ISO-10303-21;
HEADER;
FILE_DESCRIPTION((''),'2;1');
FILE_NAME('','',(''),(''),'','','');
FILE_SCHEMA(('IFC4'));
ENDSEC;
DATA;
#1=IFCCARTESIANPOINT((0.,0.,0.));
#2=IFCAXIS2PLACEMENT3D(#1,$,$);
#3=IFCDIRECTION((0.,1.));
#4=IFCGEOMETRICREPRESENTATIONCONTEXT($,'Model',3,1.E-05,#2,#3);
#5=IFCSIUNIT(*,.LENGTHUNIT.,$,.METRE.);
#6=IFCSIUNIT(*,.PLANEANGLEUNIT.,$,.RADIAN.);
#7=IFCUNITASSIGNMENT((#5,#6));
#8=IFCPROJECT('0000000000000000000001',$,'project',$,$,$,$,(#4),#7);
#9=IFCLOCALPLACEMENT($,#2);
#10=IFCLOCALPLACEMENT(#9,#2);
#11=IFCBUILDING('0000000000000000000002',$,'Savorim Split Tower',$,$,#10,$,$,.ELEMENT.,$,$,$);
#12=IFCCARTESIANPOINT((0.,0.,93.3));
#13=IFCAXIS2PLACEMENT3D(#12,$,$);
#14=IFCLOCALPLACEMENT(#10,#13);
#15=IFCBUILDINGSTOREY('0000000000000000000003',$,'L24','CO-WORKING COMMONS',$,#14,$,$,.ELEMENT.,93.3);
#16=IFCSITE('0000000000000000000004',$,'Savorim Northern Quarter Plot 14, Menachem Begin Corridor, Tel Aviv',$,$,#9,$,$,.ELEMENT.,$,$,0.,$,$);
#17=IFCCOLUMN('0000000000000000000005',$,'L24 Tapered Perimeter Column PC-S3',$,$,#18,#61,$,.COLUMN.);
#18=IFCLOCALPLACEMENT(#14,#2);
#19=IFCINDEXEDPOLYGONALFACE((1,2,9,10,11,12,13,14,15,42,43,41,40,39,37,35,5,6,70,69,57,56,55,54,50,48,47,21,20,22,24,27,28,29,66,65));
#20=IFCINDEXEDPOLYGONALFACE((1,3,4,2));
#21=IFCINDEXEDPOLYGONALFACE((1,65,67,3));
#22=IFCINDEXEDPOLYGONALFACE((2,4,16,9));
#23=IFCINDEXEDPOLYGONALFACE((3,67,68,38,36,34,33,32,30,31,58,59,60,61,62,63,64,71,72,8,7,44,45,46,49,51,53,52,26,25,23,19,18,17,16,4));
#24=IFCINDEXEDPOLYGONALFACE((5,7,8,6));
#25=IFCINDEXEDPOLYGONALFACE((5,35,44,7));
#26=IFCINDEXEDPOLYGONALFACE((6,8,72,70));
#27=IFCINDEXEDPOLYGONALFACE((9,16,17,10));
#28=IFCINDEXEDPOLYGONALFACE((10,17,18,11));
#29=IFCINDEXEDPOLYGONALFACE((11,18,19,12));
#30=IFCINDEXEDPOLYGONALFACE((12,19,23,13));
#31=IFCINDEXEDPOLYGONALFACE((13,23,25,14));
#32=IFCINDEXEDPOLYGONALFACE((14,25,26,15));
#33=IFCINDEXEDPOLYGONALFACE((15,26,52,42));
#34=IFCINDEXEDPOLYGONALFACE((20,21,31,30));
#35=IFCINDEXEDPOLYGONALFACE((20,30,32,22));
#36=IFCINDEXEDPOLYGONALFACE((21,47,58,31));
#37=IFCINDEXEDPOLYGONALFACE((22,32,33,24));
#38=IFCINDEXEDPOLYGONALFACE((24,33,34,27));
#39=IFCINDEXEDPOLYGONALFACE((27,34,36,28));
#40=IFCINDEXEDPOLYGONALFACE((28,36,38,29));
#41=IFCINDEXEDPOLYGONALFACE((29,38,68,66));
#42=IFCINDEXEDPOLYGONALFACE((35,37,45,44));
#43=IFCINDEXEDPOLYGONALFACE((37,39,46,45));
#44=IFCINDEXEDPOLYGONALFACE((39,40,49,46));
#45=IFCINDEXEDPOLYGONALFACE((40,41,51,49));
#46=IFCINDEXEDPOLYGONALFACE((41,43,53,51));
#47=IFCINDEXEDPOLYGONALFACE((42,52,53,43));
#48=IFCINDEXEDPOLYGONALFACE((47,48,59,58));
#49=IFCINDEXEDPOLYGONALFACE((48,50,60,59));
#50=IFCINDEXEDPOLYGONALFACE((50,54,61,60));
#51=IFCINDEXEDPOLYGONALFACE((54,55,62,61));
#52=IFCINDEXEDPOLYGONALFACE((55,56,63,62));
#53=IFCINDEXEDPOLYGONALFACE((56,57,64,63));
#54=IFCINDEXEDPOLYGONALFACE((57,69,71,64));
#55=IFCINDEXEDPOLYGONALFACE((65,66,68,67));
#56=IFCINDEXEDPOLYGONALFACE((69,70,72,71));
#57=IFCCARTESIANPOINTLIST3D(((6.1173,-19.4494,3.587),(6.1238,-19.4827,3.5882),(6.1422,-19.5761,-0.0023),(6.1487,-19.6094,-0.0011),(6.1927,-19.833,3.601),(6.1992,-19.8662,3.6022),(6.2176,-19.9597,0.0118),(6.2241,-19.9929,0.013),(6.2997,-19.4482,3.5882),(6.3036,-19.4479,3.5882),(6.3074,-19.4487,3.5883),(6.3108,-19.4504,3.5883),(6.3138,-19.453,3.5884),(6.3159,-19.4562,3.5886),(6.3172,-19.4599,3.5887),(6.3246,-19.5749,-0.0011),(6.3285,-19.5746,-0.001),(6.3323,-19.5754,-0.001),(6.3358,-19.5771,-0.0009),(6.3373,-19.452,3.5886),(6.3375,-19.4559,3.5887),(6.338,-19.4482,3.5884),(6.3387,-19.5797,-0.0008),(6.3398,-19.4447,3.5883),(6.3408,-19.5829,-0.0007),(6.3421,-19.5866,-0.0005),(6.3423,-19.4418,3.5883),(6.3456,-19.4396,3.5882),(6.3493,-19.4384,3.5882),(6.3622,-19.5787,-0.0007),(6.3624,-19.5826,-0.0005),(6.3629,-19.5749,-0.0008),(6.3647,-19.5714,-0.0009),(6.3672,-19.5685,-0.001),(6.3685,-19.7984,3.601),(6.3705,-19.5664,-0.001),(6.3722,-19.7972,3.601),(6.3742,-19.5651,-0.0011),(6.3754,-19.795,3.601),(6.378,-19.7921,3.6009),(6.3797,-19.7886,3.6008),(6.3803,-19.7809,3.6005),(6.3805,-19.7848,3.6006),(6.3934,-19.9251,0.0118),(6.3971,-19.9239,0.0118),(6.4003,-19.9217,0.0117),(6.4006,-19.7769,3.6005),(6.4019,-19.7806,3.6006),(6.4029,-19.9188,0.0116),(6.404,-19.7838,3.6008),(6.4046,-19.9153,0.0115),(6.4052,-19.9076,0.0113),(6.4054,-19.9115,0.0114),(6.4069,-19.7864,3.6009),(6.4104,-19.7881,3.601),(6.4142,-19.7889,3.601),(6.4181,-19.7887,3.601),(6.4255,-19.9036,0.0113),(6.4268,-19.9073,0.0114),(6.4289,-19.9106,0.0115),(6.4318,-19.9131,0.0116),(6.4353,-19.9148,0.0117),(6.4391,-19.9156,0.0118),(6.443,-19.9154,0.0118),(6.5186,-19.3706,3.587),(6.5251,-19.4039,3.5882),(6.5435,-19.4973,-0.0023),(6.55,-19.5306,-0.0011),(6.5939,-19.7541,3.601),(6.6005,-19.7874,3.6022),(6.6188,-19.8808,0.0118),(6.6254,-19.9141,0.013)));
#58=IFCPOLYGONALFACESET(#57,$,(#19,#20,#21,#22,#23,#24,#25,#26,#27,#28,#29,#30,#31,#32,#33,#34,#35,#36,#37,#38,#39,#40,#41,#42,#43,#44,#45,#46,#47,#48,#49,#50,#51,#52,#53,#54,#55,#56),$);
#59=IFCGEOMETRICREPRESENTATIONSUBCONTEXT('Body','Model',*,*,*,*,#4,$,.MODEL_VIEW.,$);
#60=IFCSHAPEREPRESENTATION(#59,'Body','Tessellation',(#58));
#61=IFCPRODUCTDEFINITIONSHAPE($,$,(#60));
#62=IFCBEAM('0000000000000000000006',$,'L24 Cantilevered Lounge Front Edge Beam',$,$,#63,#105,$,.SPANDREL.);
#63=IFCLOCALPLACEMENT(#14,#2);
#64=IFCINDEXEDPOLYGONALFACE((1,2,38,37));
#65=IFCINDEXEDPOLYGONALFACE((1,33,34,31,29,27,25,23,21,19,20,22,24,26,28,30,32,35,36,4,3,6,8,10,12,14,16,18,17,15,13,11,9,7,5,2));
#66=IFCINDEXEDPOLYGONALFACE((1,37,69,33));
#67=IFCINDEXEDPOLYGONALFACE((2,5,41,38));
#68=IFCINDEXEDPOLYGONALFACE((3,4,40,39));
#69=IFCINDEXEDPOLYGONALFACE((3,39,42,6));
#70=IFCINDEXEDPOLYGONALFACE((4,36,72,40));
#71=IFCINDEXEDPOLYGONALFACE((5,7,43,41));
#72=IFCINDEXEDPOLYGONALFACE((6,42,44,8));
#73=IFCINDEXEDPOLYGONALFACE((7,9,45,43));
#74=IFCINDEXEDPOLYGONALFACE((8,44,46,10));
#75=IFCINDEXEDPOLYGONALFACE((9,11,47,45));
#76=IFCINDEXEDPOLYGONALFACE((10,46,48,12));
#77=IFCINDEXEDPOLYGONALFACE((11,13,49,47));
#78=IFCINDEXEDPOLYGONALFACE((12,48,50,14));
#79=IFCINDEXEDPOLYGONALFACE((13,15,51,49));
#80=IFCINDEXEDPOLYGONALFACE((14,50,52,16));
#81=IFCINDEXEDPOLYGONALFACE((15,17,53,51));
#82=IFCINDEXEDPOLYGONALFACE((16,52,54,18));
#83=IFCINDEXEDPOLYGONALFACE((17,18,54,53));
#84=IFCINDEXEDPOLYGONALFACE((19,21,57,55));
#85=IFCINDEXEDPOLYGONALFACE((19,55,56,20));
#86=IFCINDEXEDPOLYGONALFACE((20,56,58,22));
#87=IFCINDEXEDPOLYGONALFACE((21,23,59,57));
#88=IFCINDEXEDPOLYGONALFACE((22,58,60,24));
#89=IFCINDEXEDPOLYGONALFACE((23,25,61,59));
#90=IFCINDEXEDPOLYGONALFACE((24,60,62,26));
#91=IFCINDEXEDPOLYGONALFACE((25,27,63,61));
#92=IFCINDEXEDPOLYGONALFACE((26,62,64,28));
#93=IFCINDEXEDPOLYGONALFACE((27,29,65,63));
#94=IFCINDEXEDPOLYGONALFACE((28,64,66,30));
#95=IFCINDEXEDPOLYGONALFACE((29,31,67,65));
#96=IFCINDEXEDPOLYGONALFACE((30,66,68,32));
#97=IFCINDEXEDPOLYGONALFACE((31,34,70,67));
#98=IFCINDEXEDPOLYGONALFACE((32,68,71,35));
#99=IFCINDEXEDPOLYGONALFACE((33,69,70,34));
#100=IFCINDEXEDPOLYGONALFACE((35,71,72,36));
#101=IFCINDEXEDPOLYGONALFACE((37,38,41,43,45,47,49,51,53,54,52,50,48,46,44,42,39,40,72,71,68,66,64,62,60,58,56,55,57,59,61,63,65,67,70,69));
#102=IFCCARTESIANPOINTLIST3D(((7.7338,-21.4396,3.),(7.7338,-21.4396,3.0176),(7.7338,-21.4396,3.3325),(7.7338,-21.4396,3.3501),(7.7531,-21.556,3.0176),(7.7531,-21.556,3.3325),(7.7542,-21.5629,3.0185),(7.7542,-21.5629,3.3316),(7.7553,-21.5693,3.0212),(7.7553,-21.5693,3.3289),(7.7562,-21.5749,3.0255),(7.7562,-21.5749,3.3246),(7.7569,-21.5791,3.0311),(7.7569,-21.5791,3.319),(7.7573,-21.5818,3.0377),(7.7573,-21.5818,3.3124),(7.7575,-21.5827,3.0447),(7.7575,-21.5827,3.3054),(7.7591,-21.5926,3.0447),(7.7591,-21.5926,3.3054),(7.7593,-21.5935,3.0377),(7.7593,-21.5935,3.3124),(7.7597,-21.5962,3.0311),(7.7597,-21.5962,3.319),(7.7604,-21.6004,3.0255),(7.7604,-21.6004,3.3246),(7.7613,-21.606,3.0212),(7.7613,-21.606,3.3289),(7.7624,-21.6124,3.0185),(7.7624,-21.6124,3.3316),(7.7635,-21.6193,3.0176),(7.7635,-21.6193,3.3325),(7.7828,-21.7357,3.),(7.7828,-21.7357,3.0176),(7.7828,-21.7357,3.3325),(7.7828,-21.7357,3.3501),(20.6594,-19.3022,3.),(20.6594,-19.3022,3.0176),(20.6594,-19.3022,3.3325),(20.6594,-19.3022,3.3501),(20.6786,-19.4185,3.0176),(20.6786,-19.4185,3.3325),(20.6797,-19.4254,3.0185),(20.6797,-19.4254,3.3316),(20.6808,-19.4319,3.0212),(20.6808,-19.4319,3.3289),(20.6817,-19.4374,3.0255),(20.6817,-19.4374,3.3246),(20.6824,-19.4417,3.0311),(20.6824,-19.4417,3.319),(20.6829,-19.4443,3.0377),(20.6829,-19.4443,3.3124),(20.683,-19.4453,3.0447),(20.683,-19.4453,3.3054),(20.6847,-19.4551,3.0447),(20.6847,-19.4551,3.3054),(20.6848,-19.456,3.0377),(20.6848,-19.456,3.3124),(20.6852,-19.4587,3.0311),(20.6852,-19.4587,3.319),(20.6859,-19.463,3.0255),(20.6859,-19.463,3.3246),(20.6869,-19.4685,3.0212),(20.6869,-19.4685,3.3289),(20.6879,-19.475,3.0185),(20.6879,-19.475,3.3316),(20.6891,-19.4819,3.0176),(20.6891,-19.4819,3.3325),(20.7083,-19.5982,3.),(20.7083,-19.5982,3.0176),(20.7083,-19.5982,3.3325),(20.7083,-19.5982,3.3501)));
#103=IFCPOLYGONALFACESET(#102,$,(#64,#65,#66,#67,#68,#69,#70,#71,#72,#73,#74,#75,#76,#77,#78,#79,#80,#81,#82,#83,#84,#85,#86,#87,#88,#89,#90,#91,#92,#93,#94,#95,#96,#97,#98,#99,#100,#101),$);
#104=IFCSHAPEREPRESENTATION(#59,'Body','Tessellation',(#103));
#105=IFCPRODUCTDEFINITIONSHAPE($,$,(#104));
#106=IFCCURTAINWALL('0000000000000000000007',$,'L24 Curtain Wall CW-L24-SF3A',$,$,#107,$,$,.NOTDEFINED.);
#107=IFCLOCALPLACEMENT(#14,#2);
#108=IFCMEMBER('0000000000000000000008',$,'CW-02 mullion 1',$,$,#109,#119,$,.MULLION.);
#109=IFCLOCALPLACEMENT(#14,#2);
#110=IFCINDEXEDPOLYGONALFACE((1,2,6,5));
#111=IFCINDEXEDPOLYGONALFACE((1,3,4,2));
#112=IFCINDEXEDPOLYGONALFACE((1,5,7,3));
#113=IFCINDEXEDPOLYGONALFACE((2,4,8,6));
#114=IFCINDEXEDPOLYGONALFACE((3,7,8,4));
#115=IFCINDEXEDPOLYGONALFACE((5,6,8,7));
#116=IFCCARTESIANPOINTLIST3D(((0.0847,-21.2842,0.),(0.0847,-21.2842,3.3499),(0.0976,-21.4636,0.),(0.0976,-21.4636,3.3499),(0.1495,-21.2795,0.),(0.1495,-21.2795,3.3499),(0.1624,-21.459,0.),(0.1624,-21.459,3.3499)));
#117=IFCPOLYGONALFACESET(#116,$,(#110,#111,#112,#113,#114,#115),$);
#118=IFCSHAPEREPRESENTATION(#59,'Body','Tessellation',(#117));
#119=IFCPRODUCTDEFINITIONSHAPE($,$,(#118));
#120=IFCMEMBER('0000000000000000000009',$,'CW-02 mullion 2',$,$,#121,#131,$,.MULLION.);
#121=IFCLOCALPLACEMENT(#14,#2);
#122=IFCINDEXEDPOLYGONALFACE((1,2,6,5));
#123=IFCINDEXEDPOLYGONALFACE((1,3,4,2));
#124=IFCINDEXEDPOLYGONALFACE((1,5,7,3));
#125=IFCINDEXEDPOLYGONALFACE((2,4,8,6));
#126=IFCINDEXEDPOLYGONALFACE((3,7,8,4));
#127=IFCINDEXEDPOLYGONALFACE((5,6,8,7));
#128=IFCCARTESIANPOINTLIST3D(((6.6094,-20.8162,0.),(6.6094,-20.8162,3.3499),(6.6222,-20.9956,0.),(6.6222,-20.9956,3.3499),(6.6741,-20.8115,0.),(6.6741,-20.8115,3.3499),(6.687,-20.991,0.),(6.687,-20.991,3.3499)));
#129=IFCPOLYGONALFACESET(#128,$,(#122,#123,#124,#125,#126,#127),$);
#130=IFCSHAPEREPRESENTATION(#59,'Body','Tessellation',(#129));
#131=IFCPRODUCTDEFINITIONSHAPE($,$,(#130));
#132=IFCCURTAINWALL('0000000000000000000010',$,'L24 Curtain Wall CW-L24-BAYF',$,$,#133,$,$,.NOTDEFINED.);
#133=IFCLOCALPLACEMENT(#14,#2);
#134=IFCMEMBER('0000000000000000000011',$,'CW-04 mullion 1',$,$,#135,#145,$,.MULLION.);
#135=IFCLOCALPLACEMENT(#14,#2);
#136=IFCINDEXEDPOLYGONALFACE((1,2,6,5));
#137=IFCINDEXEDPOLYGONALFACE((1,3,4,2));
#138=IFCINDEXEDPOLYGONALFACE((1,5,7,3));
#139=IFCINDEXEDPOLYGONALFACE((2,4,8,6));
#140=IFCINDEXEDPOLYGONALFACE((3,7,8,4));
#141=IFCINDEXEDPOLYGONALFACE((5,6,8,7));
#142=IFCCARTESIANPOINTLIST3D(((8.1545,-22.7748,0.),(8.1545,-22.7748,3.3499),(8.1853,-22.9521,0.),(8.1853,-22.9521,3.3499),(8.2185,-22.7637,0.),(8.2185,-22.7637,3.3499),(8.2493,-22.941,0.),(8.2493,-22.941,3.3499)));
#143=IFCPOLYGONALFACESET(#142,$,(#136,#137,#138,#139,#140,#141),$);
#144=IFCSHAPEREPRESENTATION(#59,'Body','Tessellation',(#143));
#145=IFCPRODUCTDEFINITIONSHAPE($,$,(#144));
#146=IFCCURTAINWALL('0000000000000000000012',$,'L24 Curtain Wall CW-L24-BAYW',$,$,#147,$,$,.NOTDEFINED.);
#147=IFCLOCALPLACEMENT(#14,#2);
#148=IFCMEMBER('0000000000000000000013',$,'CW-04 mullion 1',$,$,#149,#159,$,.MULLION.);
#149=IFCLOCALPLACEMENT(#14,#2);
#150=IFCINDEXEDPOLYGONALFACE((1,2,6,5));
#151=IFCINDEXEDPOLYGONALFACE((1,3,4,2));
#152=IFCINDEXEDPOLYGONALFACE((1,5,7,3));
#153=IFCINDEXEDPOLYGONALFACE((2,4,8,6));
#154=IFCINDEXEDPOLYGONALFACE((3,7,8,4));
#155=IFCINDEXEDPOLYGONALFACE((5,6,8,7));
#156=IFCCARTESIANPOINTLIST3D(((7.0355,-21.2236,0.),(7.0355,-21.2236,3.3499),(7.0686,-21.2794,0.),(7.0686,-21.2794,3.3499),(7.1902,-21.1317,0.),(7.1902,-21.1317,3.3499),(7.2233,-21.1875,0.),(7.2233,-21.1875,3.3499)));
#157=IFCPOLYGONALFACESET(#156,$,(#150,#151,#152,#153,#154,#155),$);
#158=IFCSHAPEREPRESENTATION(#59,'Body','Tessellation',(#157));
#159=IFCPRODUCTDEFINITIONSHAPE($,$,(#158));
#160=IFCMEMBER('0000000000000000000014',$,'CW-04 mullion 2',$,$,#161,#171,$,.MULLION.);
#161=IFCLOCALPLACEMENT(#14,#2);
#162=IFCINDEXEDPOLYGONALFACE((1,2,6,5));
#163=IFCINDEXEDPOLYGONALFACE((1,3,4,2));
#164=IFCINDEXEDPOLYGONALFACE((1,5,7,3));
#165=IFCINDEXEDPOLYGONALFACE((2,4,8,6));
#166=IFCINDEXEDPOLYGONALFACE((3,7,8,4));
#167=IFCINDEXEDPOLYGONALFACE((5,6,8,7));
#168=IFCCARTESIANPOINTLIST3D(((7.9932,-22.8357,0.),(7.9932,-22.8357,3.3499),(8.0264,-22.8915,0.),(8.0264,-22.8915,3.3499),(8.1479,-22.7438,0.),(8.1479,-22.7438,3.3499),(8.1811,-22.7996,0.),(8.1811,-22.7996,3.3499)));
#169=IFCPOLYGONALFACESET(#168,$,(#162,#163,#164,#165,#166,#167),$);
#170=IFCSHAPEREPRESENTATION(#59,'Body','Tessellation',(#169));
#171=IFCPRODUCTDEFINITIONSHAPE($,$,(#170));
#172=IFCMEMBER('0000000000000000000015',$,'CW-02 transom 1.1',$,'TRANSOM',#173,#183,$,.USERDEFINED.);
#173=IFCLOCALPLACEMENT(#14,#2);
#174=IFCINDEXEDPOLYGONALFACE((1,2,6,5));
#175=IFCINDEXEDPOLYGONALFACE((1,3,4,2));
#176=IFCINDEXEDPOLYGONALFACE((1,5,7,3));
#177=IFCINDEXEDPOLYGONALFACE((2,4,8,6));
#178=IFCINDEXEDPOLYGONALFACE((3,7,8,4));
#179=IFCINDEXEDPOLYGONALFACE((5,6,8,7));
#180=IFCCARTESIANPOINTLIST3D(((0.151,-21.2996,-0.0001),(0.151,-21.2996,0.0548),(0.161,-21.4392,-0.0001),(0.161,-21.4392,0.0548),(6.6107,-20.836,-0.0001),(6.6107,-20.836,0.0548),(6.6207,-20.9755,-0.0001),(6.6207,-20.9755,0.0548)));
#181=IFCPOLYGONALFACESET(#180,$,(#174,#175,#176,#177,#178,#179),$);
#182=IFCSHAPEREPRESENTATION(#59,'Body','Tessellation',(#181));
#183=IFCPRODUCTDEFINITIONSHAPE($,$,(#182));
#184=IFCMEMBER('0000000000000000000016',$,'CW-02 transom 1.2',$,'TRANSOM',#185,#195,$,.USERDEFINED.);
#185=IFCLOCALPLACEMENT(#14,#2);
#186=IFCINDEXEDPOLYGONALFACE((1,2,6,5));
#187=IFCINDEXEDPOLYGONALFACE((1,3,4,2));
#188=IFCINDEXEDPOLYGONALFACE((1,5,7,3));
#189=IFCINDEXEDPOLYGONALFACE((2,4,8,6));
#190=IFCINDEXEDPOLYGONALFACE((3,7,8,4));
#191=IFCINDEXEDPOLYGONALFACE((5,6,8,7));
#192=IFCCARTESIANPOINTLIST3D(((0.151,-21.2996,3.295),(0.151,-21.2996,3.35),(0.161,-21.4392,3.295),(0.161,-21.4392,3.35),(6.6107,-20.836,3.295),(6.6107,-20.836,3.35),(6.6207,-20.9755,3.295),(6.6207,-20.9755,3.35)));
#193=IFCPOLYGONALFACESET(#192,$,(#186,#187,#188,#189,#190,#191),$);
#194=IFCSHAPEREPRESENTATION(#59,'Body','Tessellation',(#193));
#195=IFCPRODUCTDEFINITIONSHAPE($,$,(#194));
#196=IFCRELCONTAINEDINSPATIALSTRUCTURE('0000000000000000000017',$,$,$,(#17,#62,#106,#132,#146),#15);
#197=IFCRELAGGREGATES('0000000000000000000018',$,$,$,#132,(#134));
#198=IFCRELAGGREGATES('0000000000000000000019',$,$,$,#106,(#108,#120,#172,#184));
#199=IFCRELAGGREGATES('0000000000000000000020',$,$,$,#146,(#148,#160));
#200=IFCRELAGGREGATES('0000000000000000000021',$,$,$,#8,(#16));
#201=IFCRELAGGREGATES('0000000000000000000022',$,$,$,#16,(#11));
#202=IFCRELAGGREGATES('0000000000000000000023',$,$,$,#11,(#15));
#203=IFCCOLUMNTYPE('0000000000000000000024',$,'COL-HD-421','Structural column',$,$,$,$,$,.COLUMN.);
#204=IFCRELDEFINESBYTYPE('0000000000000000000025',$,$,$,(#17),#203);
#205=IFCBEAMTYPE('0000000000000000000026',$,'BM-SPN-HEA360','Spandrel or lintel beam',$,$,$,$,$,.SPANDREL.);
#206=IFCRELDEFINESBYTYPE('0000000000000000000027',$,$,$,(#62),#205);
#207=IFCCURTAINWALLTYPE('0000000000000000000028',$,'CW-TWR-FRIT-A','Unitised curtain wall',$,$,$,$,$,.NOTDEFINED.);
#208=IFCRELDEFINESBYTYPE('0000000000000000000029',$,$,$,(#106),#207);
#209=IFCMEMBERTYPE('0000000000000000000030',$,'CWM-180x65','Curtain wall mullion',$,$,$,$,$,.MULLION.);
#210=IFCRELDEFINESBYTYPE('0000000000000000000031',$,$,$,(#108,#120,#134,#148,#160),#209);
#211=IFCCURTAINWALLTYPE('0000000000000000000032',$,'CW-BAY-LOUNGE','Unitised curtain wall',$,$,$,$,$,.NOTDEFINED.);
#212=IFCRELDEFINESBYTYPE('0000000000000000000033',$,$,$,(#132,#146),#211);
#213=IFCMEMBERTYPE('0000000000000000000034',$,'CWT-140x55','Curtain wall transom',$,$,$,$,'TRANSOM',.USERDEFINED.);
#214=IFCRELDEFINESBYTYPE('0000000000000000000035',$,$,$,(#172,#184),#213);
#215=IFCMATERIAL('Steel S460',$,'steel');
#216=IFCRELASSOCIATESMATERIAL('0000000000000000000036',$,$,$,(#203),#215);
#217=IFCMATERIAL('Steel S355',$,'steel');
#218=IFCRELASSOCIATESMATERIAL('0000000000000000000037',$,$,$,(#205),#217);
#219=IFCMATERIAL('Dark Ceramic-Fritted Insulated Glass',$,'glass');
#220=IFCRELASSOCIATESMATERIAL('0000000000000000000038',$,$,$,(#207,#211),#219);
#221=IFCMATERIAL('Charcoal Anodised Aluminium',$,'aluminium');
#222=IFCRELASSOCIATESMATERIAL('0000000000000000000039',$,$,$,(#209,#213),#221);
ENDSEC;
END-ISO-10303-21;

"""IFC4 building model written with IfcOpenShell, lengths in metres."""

from ifc_helpers import new_model, si_unit, direction, frame, origin, origin_2d, place, context, subcontext, project, spatial, rectangle, i_section, extrude, material, material_profile, profile_set, type_object, element, aggregate, save


model = new_model("IFC4")

# Units and contexts
model_context = context("Model", 3, precision=1e-05, world=origin(), true_north=direction((0.0, 1.0)))
body_context = subcontext(model_context, "Body", "Model", "MODEL_VIEW")
ifc_project = project(units=[si_unit("LENGTHUNIT", "METRE"), si_unit("PLANEANGLEUNIT", "RADIAN")], contexts=[model_context])

# Site, building, storey
site_placement = place(None, origin())
site = spatial("IfcSite", under=ifc_project, at=site_placement, Name="Savorim Northern Quarter Plot 14, Menachem Begin Corridor, Tel Aviv", CompositionType="ELEMENT", RefElevation=0.0)
building_placement = place(site_placement, origin())
building = spatial("IfcBuilding", under=site, at=building_placement, Name="Savorim Split Tower", CompositionType="ELEMENT")
storey_placement = place(building_placement, frame((0.0, 0.0, 93.3)))
storey = spatial("IfcBuildingStorey", under=building, at=storey_placement, Name="L24", Description="CO-WORKING COMMONS", CompositionType="ELEMENT", Elevation=93.3)

# Column
ifc_material_1 = material(Name="Steel S460", Category="steel")
ifc_material_profile_1 = material_profile(ifc_material_1, i_section(OverallWidth=0.4089, OverallDepth=0.425, WebThickness=0.0208, FlangeThickness=0.0339, FilletRadius=0.0149, at=origin_2d()), Name="HD 400x421")
ifc_profile_set_1 = profile_set([ifc_material_profile_1], Name="Steel S460")
column_type = type_object("IfcColumnType", Name="COL-HD-421", Description="Structural column", PredefinedType="COLUMN", material=ifc_profile_set_1)
column_placement = place(storey_placement, frame((6.3838, -19.7451, 0.0054), z_axis=(-0.006934, 0.035281, 0.999353), x_axis=(-0.98123, -0.192843, 0.0)))
element("IfcColumn", 1, at=column_placement, inside=storey, type_object=column_type, Name="L24 Tapered Perimeter Column PC-S3", PredefinedType="COLUMN", context=body_context, shape_type="SweptSolid", body=[
    extrude(i_section(OverallWidth=0.4089, OverallDepth=0.425, WebThickness=0.0208, FlangeThickness=0.0339, FilletRadius=0.0149, at=origin_2d()), origin(), (0.0, 0.0, 1.0), 3.5916),
])

# Beam
ifc_material_2 = material(Name="Steel S355", Category="steel")
ifc_material_profile_2 = material_profile(ifc_material_2, i_section(OverallWidth=0.3, OverallDepth=0.3501, WebThickness=0.01, FlangeThickness=0.0176, FilletRadius=0.0271, at=origin_2d()), Name="HEA 360")
ifc_profile_set_2 = profile_set([ifc_material_profile_2], Name="Steel S355")
beam_type = type_object("IfcBeamType", Name="BM-SPN-HEA360", Description="Spandrel or lintel beam", PredefinedType="SPANDREL", material=ifc_profile_set_2)
beam_placement = place(storey_placement, frame((7.7583, -21.5876, 3.175), z_axis=(0.986601, 0.163151, 0.0), x_axis=(-0.163151, 0.986601, 0.0)))
element("IfcBeam", 2, at=beam_placement, inside=storey, type_object=beam_type, Name="L24 Cantilevered Lounge Front Edge Beam", PredefinedType="SPANDREL", context=body_context, shape_type="SweptSolid", body=[
    extrude(i_section(OverallWidth=0.3, OverallDepth=0.3501, WebThickness=0.01, FlangeThickness=0.0176, FilletRadius=0.0271, at=origin_2d()), origin(), (0.0, 0.0, 1.0), 13.1011),
])

# Curtain wall, members
ifc_material_3 = material(Name="Dark Ceramic-Fritted Insulated Glass", Category="glass")
curtain_wall_type_1 = type_object("IfcCurtainWallType", Name="CW-TWR-FRIT-A", Description="Unitised curtain wall", PredefinedType="NOTDEFINED", material=ifc_material_3)
curtain_wall_1_placement = place(storey_placement, origin())
curtain_wall_1 = element("IfcCurtainWall", 3, at=curtain_wall_1_placement, inside=storey, type_object=curtain_wall_type_1, Name="L24 Curtain Wall CW-L24-SF3A", PredefinedType="NOTDEFINED")
ifc_material_4 = material(Name="Charcoal Anodised Aluminium", Category="aluminium")
ifc_material_profile_3 = material_profile(ifc_material_4, rectangle(XDim=0.1799, YDim=0.0649, at=origin_2d()), Name="ALU-M 180x65")
ifc_profile_set_3 = profile_set([ifc_material_profile_3], Name="Charcoal Anodised Aluminium")
member_type_1 = type_object("IfcMemberType", Name="CWM-180x65", Description="Curtain wall mullion", PredefinedType="MULLION", material=ifc_profile_set_3)
member_1_placement = place(storey_placement, frame((0.1235, -21.3716, 0.0), z_axis=(0.0, 0.0, 1.0), x_axis=(-0.071569, 0.997436, 0.0)))
member_1 = element("IfcMember", 4, at=member_1_placement, type_object=member_type_1, Name="CW-02 mullion 1", PredefinedType="MULLION", context=body_context, shape_type="SweptSolid", body=[
    extrude(rectangle(XDim=0.1799, YDim=0.0649, at=origin_2d()), origin(), (0.0, 0.0, 1.0), 3.3499),
])
member_2_placement = place(storey_placement, frame((6.6482, -20.9036, 0.0), z_axis=(0.0, 0.0, 1.0), x_axis=(-0.071569, 0.997436, 0.0)))
member_2 = element("IfcMember", 5, at=member_2_placement, type_object=member_type_1, Name="CW-02 mullion 2", PredefinedType="MULLION", context=body_context, shape_type="SweptSolid", body=[
    extrude(rectangle(XDim=0.1799, YDim=0.0649, at=origin_2d()), origin(), (0.0, 0.0, 1.0), 3.3499),
])

# Curtain wall, member
curtain_wall_type_2 = type_object("IfcCurtainWallType", Name="CW-BAY-LOUNGE", Description="Unitised curtain wall", PredefinedType="NOTDEFINED", material=ifc_material_3)
curtain_wall_2_placement = place(storey_placement, origin())
curtain_wall_2 = element("IfcCurtainWall", 6, at=curtain_wall_2_placement, inside=storey, type_object=curtain_wall_type_2, Name="L24 Curtain Wall CW-L24-BAYF", PredefinedType="NOTDEFINED")
member_3_placement = place(storey_placement, frame((8.2019, -22.8579, 0.0), z_axis=(0.0, 0.0, 1.0), x_axis=(-0.171191, 0.985238, 0.0)))
member_3 = element("IfcMember", 7, at=member_3_placement, type_object=member_type_1, Name="CW-04 mullion 1", PredefinedType="MULLION", context=body_context, shape_type="SweptSolid", body=[
    extrude(rectangle(XDim=0.1799, YDim=0.0649, at=origin_2d()), origin(), (0.0, 0.0, 1.0), 3.3499),
])

# Curtain wall, members
curtain_wall_3_placement = place(storey_placement, origin())
curtain_wall_3 = element("IfcCurtainWall", 8, at=curtain_wall_3_placement, inside=storey, type_object=curtain_wall_type_2, Name="L24 Curtain Wall CW-L24-BAYW", PredefinedType="NOTDEFINED")
member_4_placement = place(storey_placement, frame((7.1294, -21.2056, 0.0), z_axis=(0.0, 0.0, 1.0), x_axis=(0.859722, 0.510761, 0.0)))
member_4 = element("IfcMember", 9, at=member_4_placement, type_object=member_type_1, Name="CW-04 mullion 1", PredefinedType="MULLION", context=body_context, shape_type="SweptSolid", body=[
    extrude(rectangle(XDim=0.1799, YDim=0.0649, at=origin_2d()), origin(), (0.0, 0.0, 1.0), 3.3499),
])
member_5_placement = place(storey_placement, frame((8.0872, -22.8176, 0.0), z_axis=(0.0, 0.0, 1.0), x_axis=(0.859722, 0.510761, 0.0)))
member_5 = element("IfcMember", 10, at=member_5_placement, type_object=member_type_1, Name="CW-04 mullion 2", PredefinedType="MULLION", context=body_context, shape_type="SweptSolid", body=[
    extrude(rectangle(XDim=0.1799, YDim=0.0649, at=origin_2d()), origin(), (0.0, 0.0, 1.0), 3.3499),
])

# Members
ifc_material_profile_4 = material_profile(ifc_material_4, rectangle(XDim=0.1399, YDim=0.0549, at=origin_2d()), Name="ALU-T 140x55")
ifc_profile_set_4 = profile_set([ifc_material_profile_4], Name="Charcoal Anodised Aluminium")
member_type_2 = type_object("IfcMemberType", Name="CWT-140x55", Description="Curtain wall transom", ElementType="TRANSOM", PredefinedType="USERDEFINED", material=ifc_profile_set_4)
member_6_placement = place(storey_placement, frame((0.156, -21.3694, 0.0273), z_axis=(0.997434, 0.071587, 0.0), x_axis=(-0.071587, 0.997434, 0.0)))
member_6 = element("IfcMember", 11, at=member_6_placement, type_object=member_type_2, Name="CW-02 transom 1.1", ObjectType="TRANSOM", PredefinedType="USERDEFINED", context=body_context, shape_type="SweptSolid", body=[
    extrude(rectangle(XDim=0.1399, YDim=0.0549, at=origin_2d()), origin(), (0.0, 0.0, 1.0), 6.4763),
])
member_7_placement = place(storey_placement, frame((0.156, -21.3694, 3.3225), z_axis=(0.997434, 0.071587, 0.0), x_axis=(-0.071587, 0.997434, 0.0)))
member_7 = element("IfcMember", 12, at=member_7_placement, type_object=member_type_2, Name="CW-02 transom 1.2", ObjectType="TRANSOM", PredefinedType="USERDEFINED", context=body_context, shape_type="SweptSolid", body=[
    extrude(rectangle(XDim=0.1399, YDim=0.0549, at=origin_2d()), origin(), (0.0, 0.0, 1.0), 6.4763),
])
aggregate(curtain_wall_2, [member_3])

aggregate(curtain_wall_1, [member_1, member_2, member_6, member_7])
aggregate(curtain_wall_3, [member_4, member_5])

save(model, "model.ifc")
